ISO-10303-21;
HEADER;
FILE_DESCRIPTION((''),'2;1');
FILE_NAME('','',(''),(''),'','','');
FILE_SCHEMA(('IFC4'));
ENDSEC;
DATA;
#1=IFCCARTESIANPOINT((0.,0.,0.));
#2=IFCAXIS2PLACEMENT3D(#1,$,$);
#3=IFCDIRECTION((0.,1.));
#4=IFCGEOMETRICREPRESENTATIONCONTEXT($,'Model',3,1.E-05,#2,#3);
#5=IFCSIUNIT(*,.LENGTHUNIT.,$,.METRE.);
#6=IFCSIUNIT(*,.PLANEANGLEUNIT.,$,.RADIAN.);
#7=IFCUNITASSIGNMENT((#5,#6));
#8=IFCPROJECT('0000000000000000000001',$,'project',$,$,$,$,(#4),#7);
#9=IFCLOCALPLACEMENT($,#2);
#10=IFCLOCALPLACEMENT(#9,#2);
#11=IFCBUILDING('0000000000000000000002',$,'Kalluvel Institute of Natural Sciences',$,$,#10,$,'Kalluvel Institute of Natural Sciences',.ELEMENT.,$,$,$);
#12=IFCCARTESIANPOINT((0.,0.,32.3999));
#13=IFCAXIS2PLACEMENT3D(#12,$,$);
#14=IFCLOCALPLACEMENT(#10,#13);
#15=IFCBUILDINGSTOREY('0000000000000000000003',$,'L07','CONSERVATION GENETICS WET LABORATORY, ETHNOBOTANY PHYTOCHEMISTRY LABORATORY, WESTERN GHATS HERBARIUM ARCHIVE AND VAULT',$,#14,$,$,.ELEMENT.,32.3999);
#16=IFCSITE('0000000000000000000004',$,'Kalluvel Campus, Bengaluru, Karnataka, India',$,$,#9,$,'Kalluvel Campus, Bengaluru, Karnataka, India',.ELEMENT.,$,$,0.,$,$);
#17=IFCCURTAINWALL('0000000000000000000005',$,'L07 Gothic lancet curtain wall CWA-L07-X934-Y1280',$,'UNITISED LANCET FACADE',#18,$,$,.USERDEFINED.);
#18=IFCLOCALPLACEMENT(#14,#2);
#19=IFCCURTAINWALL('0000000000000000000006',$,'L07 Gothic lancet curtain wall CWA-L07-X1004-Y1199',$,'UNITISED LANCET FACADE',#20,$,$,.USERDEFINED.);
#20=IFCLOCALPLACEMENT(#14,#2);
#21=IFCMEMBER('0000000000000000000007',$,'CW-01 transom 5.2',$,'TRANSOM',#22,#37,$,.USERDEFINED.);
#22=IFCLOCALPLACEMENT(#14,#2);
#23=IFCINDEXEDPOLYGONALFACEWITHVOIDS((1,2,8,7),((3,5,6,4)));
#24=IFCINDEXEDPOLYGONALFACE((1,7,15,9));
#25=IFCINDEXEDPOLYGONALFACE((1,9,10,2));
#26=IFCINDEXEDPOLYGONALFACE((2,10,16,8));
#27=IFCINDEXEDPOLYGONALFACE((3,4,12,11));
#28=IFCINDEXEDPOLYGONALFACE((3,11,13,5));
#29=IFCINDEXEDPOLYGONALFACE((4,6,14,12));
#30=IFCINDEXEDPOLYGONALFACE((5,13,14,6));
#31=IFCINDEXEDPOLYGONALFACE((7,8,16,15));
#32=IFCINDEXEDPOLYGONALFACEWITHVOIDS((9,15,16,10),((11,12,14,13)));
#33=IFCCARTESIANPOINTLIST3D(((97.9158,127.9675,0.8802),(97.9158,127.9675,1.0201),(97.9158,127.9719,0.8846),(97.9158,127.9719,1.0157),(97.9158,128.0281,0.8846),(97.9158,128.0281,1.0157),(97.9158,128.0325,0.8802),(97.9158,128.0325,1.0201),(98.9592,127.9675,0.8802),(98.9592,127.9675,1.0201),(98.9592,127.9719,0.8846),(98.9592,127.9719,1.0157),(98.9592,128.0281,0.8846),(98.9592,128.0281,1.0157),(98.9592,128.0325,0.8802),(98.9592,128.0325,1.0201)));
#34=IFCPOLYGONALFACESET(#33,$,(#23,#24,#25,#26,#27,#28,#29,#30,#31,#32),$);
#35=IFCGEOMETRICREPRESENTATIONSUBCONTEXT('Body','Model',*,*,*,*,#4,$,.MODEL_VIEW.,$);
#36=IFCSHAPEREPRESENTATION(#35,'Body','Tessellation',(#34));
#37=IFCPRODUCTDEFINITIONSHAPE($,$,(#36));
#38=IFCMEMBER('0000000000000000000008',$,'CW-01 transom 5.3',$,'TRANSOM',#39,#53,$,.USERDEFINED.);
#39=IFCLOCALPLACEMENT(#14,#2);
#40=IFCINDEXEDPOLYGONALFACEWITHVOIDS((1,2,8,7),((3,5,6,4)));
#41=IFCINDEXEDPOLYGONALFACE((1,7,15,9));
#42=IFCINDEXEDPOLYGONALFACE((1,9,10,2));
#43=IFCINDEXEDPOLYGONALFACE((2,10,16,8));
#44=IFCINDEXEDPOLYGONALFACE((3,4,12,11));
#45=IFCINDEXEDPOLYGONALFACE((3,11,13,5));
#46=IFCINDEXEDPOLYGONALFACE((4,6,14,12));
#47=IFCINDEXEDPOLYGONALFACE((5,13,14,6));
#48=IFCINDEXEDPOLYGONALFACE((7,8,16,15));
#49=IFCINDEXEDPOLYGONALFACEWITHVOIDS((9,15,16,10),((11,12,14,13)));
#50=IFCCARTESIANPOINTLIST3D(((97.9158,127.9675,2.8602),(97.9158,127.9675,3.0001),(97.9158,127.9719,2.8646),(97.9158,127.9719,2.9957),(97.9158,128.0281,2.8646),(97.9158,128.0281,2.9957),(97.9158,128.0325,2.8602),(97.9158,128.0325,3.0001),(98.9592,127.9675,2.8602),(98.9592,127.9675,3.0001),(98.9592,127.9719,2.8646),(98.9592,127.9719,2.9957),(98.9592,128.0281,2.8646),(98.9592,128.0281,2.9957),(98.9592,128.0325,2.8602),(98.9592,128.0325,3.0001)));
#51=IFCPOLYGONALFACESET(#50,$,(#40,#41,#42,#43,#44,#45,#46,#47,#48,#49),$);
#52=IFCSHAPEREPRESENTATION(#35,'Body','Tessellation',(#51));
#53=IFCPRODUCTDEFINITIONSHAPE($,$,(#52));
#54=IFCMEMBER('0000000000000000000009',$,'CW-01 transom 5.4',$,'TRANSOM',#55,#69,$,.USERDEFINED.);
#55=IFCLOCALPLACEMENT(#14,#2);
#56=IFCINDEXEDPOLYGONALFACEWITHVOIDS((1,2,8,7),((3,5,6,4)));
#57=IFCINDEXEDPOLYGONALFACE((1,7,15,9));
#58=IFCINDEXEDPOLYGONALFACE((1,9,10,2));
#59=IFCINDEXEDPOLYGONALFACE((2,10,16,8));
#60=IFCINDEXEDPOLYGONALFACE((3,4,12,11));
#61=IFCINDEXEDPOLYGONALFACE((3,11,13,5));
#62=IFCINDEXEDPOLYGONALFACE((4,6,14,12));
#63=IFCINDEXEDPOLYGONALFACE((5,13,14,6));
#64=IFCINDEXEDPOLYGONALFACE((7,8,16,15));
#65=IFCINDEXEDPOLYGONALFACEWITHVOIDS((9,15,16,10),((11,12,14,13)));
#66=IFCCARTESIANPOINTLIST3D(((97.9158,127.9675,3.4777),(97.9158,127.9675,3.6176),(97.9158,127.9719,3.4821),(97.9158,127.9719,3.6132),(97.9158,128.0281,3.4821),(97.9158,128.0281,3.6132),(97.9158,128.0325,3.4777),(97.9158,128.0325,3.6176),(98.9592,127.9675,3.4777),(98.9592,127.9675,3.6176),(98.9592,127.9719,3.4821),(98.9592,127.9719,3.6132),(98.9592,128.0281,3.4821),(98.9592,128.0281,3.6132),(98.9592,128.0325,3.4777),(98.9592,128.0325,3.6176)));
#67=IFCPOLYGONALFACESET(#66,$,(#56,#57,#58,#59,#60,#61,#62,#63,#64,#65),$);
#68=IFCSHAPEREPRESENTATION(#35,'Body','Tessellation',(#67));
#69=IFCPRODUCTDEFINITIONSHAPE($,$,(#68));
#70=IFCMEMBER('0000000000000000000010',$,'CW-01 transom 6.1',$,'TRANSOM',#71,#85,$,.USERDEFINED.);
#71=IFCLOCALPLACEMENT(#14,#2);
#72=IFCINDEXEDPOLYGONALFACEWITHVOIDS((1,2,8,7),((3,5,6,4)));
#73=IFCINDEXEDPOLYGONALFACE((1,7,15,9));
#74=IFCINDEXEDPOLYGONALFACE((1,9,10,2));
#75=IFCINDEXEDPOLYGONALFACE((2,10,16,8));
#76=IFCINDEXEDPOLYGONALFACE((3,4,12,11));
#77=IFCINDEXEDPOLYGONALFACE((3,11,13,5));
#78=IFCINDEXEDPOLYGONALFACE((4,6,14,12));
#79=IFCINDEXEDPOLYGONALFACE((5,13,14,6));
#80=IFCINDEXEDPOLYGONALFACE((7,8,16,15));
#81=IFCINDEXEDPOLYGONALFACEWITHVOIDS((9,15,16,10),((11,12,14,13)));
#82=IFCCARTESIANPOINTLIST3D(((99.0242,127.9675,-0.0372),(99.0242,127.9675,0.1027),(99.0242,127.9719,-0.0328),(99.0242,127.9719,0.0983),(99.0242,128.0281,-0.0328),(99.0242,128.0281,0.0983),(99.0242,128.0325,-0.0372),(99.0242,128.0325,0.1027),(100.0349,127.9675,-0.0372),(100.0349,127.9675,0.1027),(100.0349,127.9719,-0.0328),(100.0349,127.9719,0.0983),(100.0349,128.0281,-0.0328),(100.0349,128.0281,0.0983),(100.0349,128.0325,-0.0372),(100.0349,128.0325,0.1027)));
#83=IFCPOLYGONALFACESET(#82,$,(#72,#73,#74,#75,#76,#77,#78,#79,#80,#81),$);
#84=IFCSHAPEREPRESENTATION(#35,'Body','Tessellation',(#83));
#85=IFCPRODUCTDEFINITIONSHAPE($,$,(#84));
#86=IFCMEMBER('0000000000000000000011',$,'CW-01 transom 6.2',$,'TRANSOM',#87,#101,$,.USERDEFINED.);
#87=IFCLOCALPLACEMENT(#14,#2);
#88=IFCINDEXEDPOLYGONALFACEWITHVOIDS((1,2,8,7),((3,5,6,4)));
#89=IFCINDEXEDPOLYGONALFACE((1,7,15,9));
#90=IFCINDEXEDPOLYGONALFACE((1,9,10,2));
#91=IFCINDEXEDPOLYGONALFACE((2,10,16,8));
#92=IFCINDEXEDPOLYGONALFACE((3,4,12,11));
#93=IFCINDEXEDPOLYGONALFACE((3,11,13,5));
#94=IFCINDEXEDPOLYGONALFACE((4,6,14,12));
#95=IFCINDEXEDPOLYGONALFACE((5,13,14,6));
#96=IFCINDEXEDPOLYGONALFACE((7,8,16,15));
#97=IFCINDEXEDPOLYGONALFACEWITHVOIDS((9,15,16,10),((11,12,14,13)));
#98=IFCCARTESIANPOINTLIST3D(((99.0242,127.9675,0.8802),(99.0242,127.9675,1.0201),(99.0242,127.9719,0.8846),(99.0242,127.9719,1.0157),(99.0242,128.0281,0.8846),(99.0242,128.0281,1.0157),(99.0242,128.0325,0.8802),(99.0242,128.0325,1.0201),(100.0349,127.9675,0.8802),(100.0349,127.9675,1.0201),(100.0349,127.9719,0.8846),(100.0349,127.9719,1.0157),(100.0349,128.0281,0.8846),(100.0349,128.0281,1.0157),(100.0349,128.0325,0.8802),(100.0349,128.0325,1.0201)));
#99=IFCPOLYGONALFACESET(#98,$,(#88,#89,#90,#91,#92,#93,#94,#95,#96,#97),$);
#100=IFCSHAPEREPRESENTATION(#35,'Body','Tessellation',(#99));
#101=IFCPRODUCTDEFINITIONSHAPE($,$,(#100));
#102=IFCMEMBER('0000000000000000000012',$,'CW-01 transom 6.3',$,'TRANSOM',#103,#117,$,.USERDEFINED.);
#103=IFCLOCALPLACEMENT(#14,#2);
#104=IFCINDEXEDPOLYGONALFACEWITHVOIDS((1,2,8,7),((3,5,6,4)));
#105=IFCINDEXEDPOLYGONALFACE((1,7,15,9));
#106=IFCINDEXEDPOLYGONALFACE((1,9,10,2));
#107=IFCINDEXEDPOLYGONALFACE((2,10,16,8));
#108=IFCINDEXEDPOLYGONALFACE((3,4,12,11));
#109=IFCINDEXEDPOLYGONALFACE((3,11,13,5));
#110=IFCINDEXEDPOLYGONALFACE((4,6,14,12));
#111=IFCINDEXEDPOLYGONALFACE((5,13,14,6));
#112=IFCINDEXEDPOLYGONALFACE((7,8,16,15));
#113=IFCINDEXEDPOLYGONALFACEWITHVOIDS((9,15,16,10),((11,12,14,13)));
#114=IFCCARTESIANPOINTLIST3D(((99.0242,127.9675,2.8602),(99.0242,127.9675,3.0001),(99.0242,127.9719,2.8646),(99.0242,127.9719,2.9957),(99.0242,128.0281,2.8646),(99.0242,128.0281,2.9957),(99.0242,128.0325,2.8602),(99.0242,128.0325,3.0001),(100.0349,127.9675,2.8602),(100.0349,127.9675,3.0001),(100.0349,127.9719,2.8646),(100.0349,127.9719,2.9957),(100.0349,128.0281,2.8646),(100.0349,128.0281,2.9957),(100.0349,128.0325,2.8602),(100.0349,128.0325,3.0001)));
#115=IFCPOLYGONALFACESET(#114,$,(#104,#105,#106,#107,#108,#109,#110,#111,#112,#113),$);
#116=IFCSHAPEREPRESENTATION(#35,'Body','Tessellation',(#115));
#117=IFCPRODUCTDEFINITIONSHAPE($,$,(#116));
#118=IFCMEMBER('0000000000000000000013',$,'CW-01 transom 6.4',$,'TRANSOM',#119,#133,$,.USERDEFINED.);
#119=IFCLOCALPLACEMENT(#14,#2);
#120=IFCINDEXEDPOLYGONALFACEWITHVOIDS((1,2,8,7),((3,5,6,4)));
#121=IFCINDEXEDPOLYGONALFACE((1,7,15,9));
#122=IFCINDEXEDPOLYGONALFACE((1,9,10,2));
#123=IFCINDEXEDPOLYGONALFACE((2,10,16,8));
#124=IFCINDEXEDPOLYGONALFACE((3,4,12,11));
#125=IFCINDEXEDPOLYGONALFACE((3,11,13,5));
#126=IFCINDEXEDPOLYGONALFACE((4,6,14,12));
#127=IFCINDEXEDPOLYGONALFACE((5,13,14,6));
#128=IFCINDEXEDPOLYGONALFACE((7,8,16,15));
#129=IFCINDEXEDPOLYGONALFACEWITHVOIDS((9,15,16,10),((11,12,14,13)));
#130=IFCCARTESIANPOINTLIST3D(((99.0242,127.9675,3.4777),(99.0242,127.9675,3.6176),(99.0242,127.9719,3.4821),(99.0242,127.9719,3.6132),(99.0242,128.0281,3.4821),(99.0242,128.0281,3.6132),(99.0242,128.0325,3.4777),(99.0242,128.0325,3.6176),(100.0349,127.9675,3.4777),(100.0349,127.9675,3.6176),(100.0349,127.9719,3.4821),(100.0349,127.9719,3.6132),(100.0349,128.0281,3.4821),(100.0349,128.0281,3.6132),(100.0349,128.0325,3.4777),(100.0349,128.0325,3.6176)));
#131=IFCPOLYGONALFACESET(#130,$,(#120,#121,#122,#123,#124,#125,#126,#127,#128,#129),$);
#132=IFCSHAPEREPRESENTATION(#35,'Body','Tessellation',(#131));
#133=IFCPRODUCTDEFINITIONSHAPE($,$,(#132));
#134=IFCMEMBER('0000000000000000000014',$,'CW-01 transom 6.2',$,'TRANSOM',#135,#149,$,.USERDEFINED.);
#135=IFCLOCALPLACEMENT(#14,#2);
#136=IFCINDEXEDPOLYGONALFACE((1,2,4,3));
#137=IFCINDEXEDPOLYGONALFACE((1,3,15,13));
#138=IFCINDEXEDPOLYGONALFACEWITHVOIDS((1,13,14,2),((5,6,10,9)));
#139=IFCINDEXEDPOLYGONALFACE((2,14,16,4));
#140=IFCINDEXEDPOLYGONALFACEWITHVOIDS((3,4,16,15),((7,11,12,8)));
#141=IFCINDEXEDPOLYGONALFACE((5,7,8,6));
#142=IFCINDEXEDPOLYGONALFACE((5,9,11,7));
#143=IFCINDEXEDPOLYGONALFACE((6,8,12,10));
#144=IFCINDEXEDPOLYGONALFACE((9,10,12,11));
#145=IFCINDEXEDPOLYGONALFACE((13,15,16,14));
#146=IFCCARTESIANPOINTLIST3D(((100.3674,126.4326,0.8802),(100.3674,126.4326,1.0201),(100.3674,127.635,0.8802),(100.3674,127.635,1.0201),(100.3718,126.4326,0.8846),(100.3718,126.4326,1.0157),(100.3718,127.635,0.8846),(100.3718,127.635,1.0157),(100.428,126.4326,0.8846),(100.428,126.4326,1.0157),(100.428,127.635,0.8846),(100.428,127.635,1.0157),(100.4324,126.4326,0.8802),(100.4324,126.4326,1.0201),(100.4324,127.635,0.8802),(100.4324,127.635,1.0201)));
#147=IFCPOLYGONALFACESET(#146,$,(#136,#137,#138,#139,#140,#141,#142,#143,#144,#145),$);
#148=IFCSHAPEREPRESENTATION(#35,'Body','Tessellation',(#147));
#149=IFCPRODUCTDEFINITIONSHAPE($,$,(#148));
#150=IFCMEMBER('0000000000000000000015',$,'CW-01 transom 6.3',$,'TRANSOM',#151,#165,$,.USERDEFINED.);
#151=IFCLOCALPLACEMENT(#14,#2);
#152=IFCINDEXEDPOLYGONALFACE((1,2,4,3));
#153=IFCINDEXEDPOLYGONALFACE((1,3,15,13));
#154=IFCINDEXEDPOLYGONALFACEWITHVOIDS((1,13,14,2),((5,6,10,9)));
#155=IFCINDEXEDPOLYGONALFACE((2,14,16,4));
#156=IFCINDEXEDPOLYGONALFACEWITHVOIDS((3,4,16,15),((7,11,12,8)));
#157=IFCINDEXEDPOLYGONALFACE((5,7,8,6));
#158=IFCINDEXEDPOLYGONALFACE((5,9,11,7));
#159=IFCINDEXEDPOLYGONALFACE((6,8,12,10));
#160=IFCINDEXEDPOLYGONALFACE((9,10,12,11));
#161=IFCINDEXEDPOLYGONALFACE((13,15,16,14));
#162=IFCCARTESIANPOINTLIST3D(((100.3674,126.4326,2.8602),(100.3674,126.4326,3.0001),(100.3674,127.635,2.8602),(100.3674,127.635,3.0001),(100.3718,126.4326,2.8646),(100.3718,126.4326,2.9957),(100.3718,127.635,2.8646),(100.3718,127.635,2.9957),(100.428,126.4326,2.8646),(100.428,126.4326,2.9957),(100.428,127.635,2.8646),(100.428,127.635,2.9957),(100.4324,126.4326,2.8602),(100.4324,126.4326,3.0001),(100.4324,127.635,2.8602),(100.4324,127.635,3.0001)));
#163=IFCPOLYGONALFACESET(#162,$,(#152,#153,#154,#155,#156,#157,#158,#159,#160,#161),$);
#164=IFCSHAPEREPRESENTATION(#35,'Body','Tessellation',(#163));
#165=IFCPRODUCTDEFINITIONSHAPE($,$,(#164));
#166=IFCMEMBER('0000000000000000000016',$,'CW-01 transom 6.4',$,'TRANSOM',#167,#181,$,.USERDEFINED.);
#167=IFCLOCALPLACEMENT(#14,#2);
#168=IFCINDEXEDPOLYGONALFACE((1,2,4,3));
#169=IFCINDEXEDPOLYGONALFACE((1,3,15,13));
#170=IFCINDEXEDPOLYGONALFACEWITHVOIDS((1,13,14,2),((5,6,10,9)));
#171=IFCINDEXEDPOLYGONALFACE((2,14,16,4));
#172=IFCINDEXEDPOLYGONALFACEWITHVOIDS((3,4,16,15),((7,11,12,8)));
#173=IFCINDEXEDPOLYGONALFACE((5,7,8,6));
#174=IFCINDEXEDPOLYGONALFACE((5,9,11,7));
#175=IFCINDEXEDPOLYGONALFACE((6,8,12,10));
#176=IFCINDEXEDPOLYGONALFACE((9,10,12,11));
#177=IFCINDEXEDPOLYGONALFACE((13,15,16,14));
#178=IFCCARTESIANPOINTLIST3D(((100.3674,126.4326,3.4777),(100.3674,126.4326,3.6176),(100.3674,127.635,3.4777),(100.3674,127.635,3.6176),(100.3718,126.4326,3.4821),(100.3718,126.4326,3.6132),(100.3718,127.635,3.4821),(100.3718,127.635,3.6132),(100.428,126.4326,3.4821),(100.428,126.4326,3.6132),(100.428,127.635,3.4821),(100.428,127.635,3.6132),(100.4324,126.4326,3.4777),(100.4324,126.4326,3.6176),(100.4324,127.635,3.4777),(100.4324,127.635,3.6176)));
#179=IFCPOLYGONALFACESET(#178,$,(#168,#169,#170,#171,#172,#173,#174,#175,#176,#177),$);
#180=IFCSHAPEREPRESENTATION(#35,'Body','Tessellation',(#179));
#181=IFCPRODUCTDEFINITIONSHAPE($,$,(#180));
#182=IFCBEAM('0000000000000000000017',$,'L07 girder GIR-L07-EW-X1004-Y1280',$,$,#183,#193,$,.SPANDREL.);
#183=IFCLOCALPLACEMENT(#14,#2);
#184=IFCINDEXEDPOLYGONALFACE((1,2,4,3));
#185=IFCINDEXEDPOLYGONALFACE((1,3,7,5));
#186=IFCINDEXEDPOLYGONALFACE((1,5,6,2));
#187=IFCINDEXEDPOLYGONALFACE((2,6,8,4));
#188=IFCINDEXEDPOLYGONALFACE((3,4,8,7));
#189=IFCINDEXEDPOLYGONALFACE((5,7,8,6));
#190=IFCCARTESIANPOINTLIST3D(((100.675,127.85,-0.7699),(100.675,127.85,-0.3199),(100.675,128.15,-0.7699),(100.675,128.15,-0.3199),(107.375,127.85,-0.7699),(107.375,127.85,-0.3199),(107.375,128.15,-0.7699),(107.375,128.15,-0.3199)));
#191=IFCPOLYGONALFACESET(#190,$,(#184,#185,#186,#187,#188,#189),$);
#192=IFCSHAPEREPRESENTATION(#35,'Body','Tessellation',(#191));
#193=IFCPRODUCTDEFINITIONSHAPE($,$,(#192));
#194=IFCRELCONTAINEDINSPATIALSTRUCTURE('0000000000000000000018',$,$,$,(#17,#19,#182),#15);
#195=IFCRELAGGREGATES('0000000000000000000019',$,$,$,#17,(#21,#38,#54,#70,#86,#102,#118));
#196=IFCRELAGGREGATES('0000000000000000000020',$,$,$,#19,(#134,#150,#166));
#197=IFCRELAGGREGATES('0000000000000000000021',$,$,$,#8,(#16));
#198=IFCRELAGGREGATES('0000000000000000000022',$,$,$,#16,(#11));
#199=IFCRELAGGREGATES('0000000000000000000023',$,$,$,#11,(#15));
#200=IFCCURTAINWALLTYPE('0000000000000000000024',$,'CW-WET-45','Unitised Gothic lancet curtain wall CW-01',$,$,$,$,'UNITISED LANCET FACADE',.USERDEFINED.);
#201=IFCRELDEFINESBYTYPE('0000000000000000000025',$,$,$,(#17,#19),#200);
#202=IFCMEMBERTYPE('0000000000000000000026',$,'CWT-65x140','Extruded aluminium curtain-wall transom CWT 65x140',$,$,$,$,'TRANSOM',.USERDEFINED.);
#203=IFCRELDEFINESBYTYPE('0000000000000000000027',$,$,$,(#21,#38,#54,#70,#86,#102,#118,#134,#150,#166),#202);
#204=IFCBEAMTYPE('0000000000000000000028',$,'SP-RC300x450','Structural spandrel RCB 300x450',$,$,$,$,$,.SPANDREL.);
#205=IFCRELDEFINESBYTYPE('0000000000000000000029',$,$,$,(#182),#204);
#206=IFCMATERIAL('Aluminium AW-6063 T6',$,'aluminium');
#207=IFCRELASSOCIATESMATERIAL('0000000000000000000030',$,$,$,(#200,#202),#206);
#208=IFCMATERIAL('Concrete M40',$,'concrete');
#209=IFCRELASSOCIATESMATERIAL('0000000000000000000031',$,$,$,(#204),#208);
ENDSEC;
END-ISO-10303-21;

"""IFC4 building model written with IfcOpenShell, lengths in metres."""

from ifc_helpers import new_model, si_unit, direction, frame, origin, origin_2d, place, context, subcontext, project, spatial, rectangle, hollow_rectangle, extrude, material, material_profile, profile_set, type_object, element, aggregate, save


model = new_model("IFC4")

# Units and contexts
model_context = context("Model", 3, precision=1e-05, world=origin(), true_north=direction((0.0, 1.0)))
body_context = subcontext(model_context, "Body", "Model", "MODEL_VIEW")
ifc_project = project(units=[si_unit("LENGTHUNIT", "METRE"), si_unit("PLANEANGLEUNIT", "RADIAN")], contexts=[model_context])

# Site, building, storey
site_placement = place(None, origin())
site = spatial("IfcSite", under=ifc_project, at=site_placement, Name="Kalluvel Campus, Bengaluru, Karnataka, India", LongName="Kalluvel Campus, Bengaluru, Karnataka, India", CompositionType="ELEMENT", RefElevation=0.0)
building_placement = place(site_placement, origin())
building = spatial("IfcBuilding", under=site, at=building_placement, Name="Kalluvel Institute of Natural Sciences", LongName="Kalluvel Institute of Natural Sciences", CompositionType="ELEMENT")
storey_placement = place(building_placement, frame((0.0, 0.0, 32.3999)))
storey = spatial("IfcBuildingStorey", under=building, at=storey_placement, Name="L07", Description="CONSERVATION GENETICS WET LABORATORY, ETHNOBOTANY PHYTOCHEMISTRY LABORATORY, WESTERN GHATS HERBARIUM ARCHIVE AND VAULT", CompositionType="ELEMENT", Elevation=32.3999)

# Shared definitions
ifc_material_1 = material(Name="Concrete M40", Category="concrete")

# Curtain wall
ifc_material_2 = material(Name="Aluminium AW-6063 T6", Category="aluminium")
curtain_wall_type = type_object("IfcCurtainWallType", Name="CW-WET-45", Description="Unitised Gothic lancet curtain wall CW-01", ElementType="UNITISED LANCET FACADE", PredefinedType="USERDEFINED", material=ifc_material_2)
curtain_wall_1_placement = place(storey_placement, origin())
curtain_wall_1 = element("IfcCurtainWall", 1, at=curtain_wall_1_placement, inside=storey, type_object=curtain_wall_type, Name="L07 Gothic lancet curtain wall CWA-L07-X934-Y1280", ObjectType="UNITISED LANCET FACADE", PredefinedType="USERDEFINED")

# Curtain wall
curtain_wall_2_placement = place(storey_placement, origin())
curtain_wall_2 = element("IfcCurtainWall", 2, at=curtain_wall_2_placement, inside=storey, type_object=curtain_wall_type, Name="L07 Gothic lancet curtain wall CWA-L07-X1004-Y1199", ObjectType="UNITISED LANCET FACADE", PredefinedType="USERDEFINED")

# Members
ifc_material_profile_1 = material_profile(ifc_material_2, hollow_rectangle(XDim=0.0649, YDim=0.1399, WallThickness=0.0044, at=origin_2d()), Name="CWT 65x140")
ifc_profile_set_1 = profile_set([ifc_material_profile_1], Name="Aluminium AW-6063 T6")
member_type_1 = type_object("IfcMemberType", Name="CWT-65x140", Description="Extruded aluminium curtain-wall transom CWT 65x140", ElementType="TRANSOM", PredefinedType="USERDEFINED", material=ifc_profile_set_1)
member_1_placement = place(storey_placement, frame((97.9158, 128.0, 0.9502), z_axis=(1.0, 0.0, 0.0), x_axis=(0.0, 1.0, 0.0)))
member_1 = element("IfcMember", 3, at=member_1_placement, type_object=member_type_1, Name="CW-01 transom 5.2", ObjectType="TRANSOM", PredefinedType="USERDEFINED", context=body_context, shape_type="SweptSolid", body=[
    extrude(hollow_rectangle(XDim=0.0649, YDim=0.1399, WallThickness=0.0044, at=origin_2d()), origin(), (0.0, 0.0, 1.0), 1.0435),
])
member_2_placement = place(storey_placement, frame((97.9158, 128.0, 2.9302), z_axis=(1.0, 0.0, 0.0), x_axis=(0.0, 1.0, 0.0)))
member_2 = element("IfcMember", 4, at=member_2_placement, type_object=member_type_1, Name="CW-01 transom 5.3", ObjectType="TRANSOM", PredefinedType="USERDEFINED", context=body_context, shape_type="SweptSolid", body=[
    extrude(hollow_rectangle(XDim=0.0649, YDim=0.1399, WallThickness=0.0044, at=origin_2d()), origin(), (0.0, 0.0, 1.0), 1.0435),
])
member_3_placement = place(storey_placement, frame((97.9158, 128.0, 3.5476), z_axis=(1.0, 0.0, 0.0), x_axis=(0.0, 1.0, 0.0)))
member_3 = element("IfcMember", 5, at=member_3_placement, type_object=member_type_1, Name="CW-01 transom 5.4", ObjectType="TRANSOM", PredefinedType="USERDEFINED", context=body_context, shape_type="SweptSolid", body=[
    extrude(hollow_rectangle(XDim=0.0649, YDim=0.1399, WallThickness=0.0044, at=origin_2d()), origin(), (0.0, 0.0, 1.0), 1.0435),
])
member_4_placement = place(storey_placement, frame((99.0242, 128.0, 0.0327), z_axis=(1.0, 0.0, 0.0), x_axis=(0.0, 1.0, 0.0)))
member_4 = element("IfcMember", 6, at=member_4_placement, type_object=member_type_1, Name="CW-01 transom 6.1", ObjectType="TRANSOM", PredefinedType="USERDEFINED", context=body_context, shape_type="SweptSolid", body=[
    extrude(hollow_rectangle(XDim=0.0649, YDim=0.1399, WallThickness=0.0044, at=origin_2d()), origin(), (0.0, 0.0, 1.0), 1.0107),
])
member_5_placement = place(storey_placement, frame((99.0242, 128.0, 0.9502), z_axis=(1.0, 0.0, 0.0), x_axis=(0.0, 1.0, 0.0)))
member_5 = element("IfcMember", 7, at=member_5_placement, type_object=member_type_1, Name="CW-01 transom 6.2", ObjectType="TRANSOM", PredefinedType="USERDEFINED", context=body_context, shape_type="SweptSolid", body=[
    extrude(hollow_rectangle(XDim=0.0649, YDim=0.1399, WallThickness=0.0044, at=origin_2d()), origin(), (0.0, 0.0, 1.0), 1.0107),
])
member_6_placement = place(storey_placement, frame((99.0242, 128.0, 2.9302), z_axis=(1.0, 0.0, 0.0), x_axis=(0.0, 1.0, 0.0)))
member_6 = element("IfcMember", 8, at=member_6_placement, type_object=member_type_1, Name="CW-01 transom 6.3", ObjectType="TRANSOM", PredefinedType="USERDEFINED", context=body_context, shape_type="SweptSolid", body=[
    extrude(hollow_rectangle(XDim=0.0649, YDim=0.1399, WallThickness=0.0044, at=origin_2d()), origin(), (0.0, 0.0, 1.0), 1.0107),
])
member_7_placement = place(storey_placement, frame((99.0242, 128.0, 3.5476), z_axis=(1.0, 0.0, 0.0), x_axis=(0.0, 1.0, 0.0)))
member_7 = element("IfcMember", 9, at=member_7_placement, type_object=member_type_1, Name="CW-01 transom 6.4", ObjectType="TRANSOM", PredefinedType="USERDEFINED", context=body_context, shape_type="SweptSolid", body=[
    extrude(hollow_rectangle(XDim=0.0649, YDim=0.1399, WallThickness=0.0044, at=origin_2d()), origin(), (0.0, 0.0, 1.0), 1.0107),
])
member_8_placement = place(storey_placement, frame((100.3999, 126.4326, 0.9502), z_axis=(0.0, 1.0, 0.0), x_axis=(-1.0, 0.0, 0.0)))
member_8 = element("IfcMember", 10, at=member_8_placement, type_object=member_type_1, Name="CW-01 transom 6.2", ObjectType="TRANSOM", PredefinedType="USERDEFINED", context=body_context, shape_type="SweptSolid", body=[
    extrude(hollow_rectangle(XDim=0.0649, YDim=0.1399, WallThickness=0.0044, at=origin_2d()), origin(), (0.0, 0.0, 1.0), 1.2024),
])
member_9_placement = place(storey_placement, frame((100.3999, 126.4326, 2.9302), z_axis=(0.0, 1.0, 0.0), x_axis=(-1.0, 0.0, 0.0)))
member_9 = element("IfcMember", 11, at=member_9_placement, type_object=member_type_1, Name="CW-01 transom 6.3", ObjectType="TRANSOM", PredefinedType="USERDEFINED", context=body_context, shape_type="SweptSolid", body=[
    extrude(hollow_rectangle(XDim=0.0649, YDim=0.1399, WallThickness=0.0044, at=origin_2d()), origin(), (0.0, 0.0, 1.0), 1.2024),
])
member_10_placement = place(storey_placement, frame((100.3999, 126.4326, 3.5476), z_axis=(0.0, 1.0, 0.0), x_axis=(-1.0, 0.0, 0.0)))
member_10 = element("IfcMember", 12, at=member_10_placement, type_object=member_type_1, Name="CW-01 transom 6.4", ObjectType="TRANSOM", PredefinedType="USERDEFINED", context=body_context, shape_type="SweptSolid", body=[
    extrude(hollow_rectangle(XDim=0.0649, YDim=0.1399, WallThickness=0.0044, at=origin_2d()), origin(), (0.0, 0.0, 1.0), 1.2024),
])

# Beam
ifc_material_profile_2 = material_profile(ifc_material_1, rectangle(XDim=0.3, YDim=0.45, at=origin_2d()), Name="RCB 300x450")
ifc_profile_set_2 = profile_set([ifc_material_profile_2], Name="Concrete M40")
beam_type = type_object("IfcBeamType", Name="SP-RC300x450", Description="Structural spandrel RCB 300x450", PredefinedType="SPANDREL", material=ifc_profile_set_2)
beam_placement = place(storey_placement, frame((100.675, 128.0, -0.5449), z_axis=(1.0, 0.0, 0.0), x_axis=(0.0, 1.0, 0.0)))
element("IfcBeam", 13, at=beam_placement, inside=storey, type_object=beam_type, Name="L07 girder GIR-L07-EW-X1004-Y1280", PredefinedType="SPANDREL", context=body_context, shape_type="SweptSolid", body=[
    extrude(rectangle(XDim=0.3, YDim=0.45, at=origin_2d()), origin(), (0.0, 0.0, 1.0), 6.7),
])

aggregate(curtain_wall_1, [member_1, member_2, member_3, member_4, member_5, member_6, member_7])
aggregate(curtain_wall_2, [member_8, member_9, member_10])

save(model, "model.ifc")
